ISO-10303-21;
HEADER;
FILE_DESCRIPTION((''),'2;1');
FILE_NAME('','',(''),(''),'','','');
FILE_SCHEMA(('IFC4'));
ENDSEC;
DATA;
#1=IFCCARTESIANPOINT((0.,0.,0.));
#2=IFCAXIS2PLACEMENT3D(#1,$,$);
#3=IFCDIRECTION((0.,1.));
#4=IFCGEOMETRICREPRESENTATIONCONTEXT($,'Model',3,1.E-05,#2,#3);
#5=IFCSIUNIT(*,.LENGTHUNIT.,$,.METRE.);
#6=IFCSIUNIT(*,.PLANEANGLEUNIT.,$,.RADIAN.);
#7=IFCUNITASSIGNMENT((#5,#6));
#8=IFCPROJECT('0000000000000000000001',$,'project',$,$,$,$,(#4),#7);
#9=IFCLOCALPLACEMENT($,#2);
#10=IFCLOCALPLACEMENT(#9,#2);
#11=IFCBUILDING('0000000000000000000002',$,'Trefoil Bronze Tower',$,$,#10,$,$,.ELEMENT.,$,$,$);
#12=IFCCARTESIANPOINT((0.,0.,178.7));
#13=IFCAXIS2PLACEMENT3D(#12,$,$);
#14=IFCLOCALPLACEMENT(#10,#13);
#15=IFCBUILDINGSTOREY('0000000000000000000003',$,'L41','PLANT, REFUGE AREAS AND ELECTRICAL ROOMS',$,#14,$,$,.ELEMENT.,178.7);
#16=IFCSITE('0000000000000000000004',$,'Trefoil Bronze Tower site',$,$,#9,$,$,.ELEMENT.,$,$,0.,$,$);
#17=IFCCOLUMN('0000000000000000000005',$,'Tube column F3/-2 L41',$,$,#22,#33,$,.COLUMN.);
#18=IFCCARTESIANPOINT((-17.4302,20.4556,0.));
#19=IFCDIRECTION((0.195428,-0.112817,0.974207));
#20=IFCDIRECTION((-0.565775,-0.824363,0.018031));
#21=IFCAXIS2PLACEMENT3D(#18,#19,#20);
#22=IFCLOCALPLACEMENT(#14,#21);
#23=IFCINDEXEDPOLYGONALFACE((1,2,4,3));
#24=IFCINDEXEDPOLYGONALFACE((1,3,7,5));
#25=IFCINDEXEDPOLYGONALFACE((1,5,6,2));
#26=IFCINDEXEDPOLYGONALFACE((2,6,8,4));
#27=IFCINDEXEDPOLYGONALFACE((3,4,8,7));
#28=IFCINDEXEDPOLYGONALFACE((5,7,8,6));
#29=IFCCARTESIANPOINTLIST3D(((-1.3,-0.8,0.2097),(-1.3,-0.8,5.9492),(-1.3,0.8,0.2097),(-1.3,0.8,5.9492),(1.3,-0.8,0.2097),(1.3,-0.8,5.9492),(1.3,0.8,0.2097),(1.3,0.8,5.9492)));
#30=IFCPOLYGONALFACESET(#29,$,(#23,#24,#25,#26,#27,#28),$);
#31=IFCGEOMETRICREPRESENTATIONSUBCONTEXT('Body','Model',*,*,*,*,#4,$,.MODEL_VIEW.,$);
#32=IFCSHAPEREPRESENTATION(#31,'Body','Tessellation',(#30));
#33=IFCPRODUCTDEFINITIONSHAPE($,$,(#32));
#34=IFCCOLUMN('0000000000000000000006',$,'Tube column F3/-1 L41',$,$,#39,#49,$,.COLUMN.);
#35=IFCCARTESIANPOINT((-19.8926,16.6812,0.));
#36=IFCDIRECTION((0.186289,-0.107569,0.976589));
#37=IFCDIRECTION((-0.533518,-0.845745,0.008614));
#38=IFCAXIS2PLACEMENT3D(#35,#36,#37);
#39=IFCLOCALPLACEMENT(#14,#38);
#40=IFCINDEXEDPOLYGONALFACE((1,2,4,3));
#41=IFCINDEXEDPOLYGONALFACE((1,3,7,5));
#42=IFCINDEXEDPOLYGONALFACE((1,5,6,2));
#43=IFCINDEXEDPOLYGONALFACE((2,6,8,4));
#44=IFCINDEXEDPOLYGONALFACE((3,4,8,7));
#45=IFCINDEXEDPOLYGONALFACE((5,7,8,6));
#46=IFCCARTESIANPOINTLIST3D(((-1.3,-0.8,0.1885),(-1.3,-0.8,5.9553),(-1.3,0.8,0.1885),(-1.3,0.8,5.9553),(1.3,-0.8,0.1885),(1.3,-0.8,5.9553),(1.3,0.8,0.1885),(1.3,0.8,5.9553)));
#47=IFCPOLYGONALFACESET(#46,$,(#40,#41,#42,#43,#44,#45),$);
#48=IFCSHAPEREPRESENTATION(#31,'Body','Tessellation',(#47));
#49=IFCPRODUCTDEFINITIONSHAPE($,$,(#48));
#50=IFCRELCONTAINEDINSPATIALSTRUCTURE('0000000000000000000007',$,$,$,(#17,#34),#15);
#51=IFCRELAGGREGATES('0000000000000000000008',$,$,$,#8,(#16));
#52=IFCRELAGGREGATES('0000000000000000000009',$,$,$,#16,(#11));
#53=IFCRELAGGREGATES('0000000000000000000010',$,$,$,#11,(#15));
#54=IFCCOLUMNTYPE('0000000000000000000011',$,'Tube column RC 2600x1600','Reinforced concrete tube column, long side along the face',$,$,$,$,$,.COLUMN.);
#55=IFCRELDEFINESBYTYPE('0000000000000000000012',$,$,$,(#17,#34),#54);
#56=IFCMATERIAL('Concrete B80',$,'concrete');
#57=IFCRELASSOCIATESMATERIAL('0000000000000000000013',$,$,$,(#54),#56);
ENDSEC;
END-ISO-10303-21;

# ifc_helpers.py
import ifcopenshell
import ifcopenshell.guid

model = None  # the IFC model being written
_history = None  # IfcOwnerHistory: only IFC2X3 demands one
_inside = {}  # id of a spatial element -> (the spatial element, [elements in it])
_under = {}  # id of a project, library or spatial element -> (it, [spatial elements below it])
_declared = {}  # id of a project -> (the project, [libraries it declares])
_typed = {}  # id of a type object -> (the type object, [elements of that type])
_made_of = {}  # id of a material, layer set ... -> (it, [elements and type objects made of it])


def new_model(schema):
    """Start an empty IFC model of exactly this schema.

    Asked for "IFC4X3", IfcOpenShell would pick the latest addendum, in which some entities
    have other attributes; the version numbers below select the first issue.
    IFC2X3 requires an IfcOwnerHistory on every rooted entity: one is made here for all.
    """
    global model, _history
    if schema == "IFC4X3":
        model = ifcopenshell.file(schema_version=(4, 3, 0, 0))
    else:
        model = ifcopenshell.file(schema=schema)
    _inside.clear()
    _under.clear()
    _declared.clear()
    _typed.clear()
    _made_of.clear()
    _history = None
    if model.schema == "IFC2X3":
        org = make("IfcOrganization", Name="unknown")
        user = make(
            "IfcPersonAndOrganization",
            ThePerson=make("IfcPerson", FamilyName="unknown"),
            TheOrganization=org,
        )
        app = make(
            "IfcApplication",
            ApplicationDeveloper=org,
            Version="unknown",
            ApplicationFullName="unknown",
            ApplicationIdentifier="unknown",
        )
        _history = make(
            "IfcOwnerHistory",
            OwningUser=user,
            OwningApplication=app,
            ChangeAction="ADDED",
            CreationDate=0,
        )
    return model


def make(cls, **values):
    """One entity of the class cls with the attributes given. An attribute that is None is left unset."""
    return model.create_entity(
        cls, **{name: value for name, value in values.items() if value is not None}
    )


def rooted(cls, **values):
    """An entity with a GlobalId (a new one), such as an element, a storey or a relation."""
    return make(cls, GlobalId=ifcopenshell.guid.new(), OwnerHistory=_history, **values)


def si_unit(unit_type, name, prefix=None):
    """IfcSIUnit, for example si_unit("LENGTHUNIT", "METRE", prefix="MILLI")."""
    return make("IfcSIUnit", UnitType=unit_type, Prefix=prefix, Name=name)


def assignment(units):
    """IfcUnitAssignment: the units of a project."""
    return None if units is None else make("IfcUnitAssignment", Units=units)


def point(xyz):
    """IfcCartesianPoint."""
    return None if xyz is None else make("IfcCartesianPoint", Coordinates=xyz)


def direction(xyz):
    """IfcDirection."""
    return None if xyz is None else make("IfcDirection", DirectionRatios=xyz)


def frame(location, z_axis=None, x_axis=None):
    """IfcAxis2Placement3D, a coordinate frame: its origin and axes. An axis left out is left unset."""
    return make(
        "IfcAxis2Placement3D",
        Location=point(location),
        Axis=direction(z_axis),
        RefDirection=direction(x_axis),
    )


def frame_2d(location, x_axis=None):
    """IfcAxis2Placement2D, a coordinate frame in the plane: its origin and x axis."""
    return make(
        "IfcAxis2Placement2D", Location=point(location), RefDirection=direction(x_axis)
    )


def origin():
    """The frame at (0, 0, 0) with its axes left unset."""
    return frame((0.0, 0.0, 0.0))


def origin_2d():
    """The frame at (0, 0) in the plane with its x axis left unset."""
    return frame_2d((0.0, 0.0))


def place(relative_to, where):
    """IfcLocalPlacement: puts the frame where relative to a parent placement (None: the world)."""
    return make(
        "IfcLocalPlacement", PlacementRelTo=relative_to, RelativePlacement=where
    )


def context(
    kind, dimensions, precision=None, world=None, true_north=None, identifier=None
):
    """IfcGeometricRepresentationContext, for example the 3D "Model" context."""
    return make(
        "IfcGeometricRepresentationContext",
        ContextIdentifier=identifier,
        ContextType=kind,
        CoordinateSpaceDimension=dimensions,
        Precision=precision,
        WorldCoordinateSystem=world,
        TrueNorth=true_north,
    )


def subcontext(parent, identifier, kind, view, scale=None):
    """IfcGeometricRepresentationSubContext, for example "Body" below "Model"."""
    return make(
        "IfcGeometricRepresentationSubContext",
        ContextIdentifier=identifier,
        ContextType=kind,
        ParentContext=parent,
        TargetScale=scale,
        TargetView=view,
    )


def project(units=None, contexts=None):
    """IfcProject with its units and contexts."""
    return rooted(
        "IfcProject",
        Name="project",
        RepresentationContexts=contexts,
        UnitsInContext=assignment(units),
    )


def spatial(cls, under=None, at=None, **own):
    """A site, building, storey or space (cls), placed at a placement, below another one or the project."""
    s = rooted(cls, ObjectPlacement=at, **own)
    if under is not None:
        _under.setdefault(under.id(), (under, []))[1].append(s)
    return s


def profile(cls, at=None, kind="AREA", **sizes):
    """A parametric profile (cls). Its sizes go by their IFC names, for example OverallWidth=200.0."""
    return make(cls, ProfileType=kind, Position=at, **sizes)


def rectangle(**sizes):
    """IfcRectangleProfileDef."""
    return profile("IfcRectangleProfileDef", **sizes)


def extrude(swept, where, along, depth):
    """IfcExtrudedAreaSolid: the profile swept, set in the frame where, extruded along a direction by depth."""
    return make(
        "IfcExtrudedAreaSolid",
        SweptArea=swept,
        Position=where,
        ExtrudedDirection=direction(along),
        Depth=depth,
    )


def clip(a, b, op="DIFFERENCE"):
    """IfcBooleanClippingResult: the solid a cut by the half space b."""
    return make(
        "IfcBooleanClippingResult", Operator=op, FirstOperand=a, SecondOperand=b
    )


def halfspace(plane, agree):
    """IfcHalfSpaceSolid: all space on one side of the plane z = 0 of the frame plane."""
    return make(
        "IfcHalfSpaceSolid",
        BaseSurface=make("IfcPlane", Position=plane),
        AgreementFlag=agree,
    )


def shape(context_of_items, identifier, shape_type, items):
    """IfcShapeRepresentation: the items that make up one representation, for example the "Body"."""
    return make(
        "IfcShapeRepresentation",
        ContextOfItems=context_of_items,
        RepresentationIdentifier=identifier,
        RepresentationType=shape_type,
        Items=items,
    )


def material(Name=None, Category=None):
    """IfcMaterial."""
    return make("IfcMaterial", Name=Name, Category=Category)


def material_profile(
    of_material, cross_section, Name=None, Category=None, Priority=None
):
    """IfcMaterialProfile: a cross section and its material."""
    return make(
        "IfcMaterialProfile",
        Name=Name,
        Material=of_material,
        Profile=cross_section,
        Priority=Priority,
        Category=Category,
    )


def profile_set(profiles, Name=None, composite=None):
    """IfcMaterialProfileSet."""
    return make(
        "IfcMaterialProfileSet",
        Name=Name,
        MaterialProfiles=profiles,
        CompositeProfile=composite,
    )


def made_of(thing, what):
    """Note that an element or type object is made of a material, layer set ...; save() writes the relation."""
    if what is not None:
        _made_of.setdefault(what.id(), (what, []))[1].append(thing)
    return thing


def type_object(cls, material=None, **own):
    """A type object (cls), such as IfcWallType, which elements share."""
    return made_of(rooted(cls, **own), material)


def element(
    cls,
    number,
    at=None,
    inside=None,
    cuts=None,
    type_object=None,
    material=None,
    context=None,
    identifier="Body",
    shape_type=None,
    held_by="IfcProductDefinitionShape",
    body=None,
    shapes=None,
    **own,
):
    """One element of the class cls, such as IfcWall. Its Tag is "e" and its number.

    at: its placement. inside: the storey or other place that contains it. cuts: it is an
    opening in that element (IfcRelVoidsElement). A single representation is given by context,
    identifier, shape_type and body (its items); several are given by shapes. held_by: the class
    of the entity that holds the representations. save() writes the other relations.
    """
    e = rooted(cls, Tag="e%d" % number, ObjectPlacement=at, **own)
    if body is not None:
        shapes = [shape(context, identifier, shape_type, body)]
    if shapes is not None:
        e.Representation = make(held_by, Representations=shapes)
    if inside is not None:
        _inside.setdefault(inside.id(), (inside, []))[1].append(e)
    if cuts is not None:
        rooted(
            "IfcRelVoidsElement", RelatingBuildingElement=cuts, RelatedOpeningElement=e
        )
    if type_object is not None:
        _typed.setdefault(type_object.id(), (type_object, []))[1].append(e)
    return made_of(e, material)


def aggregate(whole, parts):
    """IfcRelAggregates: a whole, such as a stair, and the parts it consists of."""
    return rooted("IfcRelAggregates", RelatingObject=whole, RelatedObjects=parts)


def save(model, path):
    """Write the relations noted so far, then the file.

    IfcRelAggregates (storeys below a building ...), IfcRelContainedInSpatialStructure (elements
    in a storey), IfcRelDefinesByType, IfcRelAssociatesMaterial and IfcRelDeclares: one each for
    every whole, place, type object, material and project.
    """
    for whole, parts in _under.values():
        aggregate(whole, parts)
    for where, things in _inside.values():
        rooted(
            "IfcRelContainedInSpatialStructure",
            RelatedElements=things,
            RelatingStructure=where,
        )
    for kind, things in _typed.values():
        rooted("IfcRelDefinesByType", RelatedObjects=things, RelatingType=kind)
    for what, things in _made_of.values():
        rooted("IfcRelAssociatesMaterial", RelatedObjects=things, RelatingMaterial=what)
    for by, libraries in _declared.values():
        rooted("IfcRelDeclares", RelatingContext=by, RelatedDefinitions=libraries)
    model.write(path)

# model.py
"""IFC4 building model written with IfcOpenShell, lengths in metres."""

from ifc_helpers import new_model, si_unit, direction, frame, origin, origin_2d, place, context, subcontext, project, spatial, rectangle, extrude, clip, halfspace, material, material_profile, profile_set, type_object, element, save


model = new_model("IFC4")

# Units and contexts
model_context = context("Model", 3, precision=1e-05, world=origin(), true_north=direction((0.0, 1.0)))
body_context = subcontext(model_context, "Body", "Model", "MODEL_VIEW")
ifc_project = project(units=[si_unit("LENGTHUNIT", "METRE"), si_unit("PLANEANGLEUNIT", "RADIAN")], contexts=[model_context])

# Site, building, storey
site_placement = place(None, origin())
site = spatial("IfcSite", under=ifc_project, at=site_placement, Name="Trefoil Bronze Tower site", CompositionType="ELEMENT", RefElevation=0.0)
building_placement = place(site_placement, origin())
building = spatial("IfcBuilding", under=site, at=building_placement, Name="Trefoil Bronze Tower", CompositionType="ELEMENT")
storey_placement = place(building_placement, frame((0.0, 0.0, 178.7)))
storey = spatial("IfcBuildingStorey", under=building, at=storey_placement, Name="L41", Description="PLANT, REFUGE AREAS AND ELECTRICAL ROOMS", CompositionType="ELEMENT", Elevation=178.7)

# Columns
ifc_material_1 = material(Name="Concrete B80", Category="concrete")
ifc_material_profile_1 = material_profile(ifc_material_1, rectangle(XDim=2.6001, YDim=1.6001, at=origin_2d()), Name="RC 2600x1600")
ifc_profile_set_1 = profile_set([ifc_material_profile_1], Name="Concrete B80")
column_type = type_object("IfcColumnType", Name="Tube column RC 2600x1600", Description="Reinforced concrete tube column, long side along the face", PredefinedType="COLUMN", material=ifc_profile_set_1)
column_1_placement = place(storey_placement, frame((-17.4302, 20.4556, 0.0), z_axis=(0.195428, -0.112817, 0.974207), x_axis=(-0.565775, -0.824363, 0.018031)))
element("IfcColumn", 1, at=column_1_placement, inside=storey, type_object=column_type, Name="Tube column F3/-2 L41", PredefinedType="COLUMN", context=body_context, shape_type="Clipping", body=[
    clip(clip(extrude(rectangle(XDim=2.6001, YDim=1.6001, at=origin_2d()), origin(), (0.0, 0.0, 1.0), 6.1589), halfspace(frame((0.0, 0.0, 0.2097), z_axis=(0.00001, 0.000015, 1.0), x_axis=(0.0, 1.0, -0.000015)), True)), halfspace(frame((0.0, 0.0, 5.9492), z_axis=(-0.00001, -0.000015, -1.0), x_axis=(0.0, -1.0, 0.000015)), True)),
])
column_2_placement = place(storey_placement, frame((-19.8926, 16.6812, 0.0), z_axis=(0.186289, -0.107569, 0.976589), x_axis=(-0.533518, -0.845745, 0.008614)))
element("IfcColumn", 2, at=column_2_placement, inside=storey, type_object=column_type, Name="Tube column F3/-1 L41", PredefinedType="COLUMN", context=body_context, shape_type="Clipping", body=[
    clip(clip(extrude(rectangle(XDim=2.6001, YDim=1.6001, at=origin_2d()), origin(), (0.0, 0.0, 1.0), 6.1438), halfspace(frame((0.0, 0.0, 0.1885), z_axis=(-0.000013, 0.000002, 1.0), x_axis=(0.0, 1.0, -0.000002)), True)), halfspace(frame((0.0, 0.0, 5.9553), z_axis=(0.000013, -0.000002, -1.0), x_axis=(0.0, -1.0, 0.000002)), True)),
])

save(model, "model.ifc")
